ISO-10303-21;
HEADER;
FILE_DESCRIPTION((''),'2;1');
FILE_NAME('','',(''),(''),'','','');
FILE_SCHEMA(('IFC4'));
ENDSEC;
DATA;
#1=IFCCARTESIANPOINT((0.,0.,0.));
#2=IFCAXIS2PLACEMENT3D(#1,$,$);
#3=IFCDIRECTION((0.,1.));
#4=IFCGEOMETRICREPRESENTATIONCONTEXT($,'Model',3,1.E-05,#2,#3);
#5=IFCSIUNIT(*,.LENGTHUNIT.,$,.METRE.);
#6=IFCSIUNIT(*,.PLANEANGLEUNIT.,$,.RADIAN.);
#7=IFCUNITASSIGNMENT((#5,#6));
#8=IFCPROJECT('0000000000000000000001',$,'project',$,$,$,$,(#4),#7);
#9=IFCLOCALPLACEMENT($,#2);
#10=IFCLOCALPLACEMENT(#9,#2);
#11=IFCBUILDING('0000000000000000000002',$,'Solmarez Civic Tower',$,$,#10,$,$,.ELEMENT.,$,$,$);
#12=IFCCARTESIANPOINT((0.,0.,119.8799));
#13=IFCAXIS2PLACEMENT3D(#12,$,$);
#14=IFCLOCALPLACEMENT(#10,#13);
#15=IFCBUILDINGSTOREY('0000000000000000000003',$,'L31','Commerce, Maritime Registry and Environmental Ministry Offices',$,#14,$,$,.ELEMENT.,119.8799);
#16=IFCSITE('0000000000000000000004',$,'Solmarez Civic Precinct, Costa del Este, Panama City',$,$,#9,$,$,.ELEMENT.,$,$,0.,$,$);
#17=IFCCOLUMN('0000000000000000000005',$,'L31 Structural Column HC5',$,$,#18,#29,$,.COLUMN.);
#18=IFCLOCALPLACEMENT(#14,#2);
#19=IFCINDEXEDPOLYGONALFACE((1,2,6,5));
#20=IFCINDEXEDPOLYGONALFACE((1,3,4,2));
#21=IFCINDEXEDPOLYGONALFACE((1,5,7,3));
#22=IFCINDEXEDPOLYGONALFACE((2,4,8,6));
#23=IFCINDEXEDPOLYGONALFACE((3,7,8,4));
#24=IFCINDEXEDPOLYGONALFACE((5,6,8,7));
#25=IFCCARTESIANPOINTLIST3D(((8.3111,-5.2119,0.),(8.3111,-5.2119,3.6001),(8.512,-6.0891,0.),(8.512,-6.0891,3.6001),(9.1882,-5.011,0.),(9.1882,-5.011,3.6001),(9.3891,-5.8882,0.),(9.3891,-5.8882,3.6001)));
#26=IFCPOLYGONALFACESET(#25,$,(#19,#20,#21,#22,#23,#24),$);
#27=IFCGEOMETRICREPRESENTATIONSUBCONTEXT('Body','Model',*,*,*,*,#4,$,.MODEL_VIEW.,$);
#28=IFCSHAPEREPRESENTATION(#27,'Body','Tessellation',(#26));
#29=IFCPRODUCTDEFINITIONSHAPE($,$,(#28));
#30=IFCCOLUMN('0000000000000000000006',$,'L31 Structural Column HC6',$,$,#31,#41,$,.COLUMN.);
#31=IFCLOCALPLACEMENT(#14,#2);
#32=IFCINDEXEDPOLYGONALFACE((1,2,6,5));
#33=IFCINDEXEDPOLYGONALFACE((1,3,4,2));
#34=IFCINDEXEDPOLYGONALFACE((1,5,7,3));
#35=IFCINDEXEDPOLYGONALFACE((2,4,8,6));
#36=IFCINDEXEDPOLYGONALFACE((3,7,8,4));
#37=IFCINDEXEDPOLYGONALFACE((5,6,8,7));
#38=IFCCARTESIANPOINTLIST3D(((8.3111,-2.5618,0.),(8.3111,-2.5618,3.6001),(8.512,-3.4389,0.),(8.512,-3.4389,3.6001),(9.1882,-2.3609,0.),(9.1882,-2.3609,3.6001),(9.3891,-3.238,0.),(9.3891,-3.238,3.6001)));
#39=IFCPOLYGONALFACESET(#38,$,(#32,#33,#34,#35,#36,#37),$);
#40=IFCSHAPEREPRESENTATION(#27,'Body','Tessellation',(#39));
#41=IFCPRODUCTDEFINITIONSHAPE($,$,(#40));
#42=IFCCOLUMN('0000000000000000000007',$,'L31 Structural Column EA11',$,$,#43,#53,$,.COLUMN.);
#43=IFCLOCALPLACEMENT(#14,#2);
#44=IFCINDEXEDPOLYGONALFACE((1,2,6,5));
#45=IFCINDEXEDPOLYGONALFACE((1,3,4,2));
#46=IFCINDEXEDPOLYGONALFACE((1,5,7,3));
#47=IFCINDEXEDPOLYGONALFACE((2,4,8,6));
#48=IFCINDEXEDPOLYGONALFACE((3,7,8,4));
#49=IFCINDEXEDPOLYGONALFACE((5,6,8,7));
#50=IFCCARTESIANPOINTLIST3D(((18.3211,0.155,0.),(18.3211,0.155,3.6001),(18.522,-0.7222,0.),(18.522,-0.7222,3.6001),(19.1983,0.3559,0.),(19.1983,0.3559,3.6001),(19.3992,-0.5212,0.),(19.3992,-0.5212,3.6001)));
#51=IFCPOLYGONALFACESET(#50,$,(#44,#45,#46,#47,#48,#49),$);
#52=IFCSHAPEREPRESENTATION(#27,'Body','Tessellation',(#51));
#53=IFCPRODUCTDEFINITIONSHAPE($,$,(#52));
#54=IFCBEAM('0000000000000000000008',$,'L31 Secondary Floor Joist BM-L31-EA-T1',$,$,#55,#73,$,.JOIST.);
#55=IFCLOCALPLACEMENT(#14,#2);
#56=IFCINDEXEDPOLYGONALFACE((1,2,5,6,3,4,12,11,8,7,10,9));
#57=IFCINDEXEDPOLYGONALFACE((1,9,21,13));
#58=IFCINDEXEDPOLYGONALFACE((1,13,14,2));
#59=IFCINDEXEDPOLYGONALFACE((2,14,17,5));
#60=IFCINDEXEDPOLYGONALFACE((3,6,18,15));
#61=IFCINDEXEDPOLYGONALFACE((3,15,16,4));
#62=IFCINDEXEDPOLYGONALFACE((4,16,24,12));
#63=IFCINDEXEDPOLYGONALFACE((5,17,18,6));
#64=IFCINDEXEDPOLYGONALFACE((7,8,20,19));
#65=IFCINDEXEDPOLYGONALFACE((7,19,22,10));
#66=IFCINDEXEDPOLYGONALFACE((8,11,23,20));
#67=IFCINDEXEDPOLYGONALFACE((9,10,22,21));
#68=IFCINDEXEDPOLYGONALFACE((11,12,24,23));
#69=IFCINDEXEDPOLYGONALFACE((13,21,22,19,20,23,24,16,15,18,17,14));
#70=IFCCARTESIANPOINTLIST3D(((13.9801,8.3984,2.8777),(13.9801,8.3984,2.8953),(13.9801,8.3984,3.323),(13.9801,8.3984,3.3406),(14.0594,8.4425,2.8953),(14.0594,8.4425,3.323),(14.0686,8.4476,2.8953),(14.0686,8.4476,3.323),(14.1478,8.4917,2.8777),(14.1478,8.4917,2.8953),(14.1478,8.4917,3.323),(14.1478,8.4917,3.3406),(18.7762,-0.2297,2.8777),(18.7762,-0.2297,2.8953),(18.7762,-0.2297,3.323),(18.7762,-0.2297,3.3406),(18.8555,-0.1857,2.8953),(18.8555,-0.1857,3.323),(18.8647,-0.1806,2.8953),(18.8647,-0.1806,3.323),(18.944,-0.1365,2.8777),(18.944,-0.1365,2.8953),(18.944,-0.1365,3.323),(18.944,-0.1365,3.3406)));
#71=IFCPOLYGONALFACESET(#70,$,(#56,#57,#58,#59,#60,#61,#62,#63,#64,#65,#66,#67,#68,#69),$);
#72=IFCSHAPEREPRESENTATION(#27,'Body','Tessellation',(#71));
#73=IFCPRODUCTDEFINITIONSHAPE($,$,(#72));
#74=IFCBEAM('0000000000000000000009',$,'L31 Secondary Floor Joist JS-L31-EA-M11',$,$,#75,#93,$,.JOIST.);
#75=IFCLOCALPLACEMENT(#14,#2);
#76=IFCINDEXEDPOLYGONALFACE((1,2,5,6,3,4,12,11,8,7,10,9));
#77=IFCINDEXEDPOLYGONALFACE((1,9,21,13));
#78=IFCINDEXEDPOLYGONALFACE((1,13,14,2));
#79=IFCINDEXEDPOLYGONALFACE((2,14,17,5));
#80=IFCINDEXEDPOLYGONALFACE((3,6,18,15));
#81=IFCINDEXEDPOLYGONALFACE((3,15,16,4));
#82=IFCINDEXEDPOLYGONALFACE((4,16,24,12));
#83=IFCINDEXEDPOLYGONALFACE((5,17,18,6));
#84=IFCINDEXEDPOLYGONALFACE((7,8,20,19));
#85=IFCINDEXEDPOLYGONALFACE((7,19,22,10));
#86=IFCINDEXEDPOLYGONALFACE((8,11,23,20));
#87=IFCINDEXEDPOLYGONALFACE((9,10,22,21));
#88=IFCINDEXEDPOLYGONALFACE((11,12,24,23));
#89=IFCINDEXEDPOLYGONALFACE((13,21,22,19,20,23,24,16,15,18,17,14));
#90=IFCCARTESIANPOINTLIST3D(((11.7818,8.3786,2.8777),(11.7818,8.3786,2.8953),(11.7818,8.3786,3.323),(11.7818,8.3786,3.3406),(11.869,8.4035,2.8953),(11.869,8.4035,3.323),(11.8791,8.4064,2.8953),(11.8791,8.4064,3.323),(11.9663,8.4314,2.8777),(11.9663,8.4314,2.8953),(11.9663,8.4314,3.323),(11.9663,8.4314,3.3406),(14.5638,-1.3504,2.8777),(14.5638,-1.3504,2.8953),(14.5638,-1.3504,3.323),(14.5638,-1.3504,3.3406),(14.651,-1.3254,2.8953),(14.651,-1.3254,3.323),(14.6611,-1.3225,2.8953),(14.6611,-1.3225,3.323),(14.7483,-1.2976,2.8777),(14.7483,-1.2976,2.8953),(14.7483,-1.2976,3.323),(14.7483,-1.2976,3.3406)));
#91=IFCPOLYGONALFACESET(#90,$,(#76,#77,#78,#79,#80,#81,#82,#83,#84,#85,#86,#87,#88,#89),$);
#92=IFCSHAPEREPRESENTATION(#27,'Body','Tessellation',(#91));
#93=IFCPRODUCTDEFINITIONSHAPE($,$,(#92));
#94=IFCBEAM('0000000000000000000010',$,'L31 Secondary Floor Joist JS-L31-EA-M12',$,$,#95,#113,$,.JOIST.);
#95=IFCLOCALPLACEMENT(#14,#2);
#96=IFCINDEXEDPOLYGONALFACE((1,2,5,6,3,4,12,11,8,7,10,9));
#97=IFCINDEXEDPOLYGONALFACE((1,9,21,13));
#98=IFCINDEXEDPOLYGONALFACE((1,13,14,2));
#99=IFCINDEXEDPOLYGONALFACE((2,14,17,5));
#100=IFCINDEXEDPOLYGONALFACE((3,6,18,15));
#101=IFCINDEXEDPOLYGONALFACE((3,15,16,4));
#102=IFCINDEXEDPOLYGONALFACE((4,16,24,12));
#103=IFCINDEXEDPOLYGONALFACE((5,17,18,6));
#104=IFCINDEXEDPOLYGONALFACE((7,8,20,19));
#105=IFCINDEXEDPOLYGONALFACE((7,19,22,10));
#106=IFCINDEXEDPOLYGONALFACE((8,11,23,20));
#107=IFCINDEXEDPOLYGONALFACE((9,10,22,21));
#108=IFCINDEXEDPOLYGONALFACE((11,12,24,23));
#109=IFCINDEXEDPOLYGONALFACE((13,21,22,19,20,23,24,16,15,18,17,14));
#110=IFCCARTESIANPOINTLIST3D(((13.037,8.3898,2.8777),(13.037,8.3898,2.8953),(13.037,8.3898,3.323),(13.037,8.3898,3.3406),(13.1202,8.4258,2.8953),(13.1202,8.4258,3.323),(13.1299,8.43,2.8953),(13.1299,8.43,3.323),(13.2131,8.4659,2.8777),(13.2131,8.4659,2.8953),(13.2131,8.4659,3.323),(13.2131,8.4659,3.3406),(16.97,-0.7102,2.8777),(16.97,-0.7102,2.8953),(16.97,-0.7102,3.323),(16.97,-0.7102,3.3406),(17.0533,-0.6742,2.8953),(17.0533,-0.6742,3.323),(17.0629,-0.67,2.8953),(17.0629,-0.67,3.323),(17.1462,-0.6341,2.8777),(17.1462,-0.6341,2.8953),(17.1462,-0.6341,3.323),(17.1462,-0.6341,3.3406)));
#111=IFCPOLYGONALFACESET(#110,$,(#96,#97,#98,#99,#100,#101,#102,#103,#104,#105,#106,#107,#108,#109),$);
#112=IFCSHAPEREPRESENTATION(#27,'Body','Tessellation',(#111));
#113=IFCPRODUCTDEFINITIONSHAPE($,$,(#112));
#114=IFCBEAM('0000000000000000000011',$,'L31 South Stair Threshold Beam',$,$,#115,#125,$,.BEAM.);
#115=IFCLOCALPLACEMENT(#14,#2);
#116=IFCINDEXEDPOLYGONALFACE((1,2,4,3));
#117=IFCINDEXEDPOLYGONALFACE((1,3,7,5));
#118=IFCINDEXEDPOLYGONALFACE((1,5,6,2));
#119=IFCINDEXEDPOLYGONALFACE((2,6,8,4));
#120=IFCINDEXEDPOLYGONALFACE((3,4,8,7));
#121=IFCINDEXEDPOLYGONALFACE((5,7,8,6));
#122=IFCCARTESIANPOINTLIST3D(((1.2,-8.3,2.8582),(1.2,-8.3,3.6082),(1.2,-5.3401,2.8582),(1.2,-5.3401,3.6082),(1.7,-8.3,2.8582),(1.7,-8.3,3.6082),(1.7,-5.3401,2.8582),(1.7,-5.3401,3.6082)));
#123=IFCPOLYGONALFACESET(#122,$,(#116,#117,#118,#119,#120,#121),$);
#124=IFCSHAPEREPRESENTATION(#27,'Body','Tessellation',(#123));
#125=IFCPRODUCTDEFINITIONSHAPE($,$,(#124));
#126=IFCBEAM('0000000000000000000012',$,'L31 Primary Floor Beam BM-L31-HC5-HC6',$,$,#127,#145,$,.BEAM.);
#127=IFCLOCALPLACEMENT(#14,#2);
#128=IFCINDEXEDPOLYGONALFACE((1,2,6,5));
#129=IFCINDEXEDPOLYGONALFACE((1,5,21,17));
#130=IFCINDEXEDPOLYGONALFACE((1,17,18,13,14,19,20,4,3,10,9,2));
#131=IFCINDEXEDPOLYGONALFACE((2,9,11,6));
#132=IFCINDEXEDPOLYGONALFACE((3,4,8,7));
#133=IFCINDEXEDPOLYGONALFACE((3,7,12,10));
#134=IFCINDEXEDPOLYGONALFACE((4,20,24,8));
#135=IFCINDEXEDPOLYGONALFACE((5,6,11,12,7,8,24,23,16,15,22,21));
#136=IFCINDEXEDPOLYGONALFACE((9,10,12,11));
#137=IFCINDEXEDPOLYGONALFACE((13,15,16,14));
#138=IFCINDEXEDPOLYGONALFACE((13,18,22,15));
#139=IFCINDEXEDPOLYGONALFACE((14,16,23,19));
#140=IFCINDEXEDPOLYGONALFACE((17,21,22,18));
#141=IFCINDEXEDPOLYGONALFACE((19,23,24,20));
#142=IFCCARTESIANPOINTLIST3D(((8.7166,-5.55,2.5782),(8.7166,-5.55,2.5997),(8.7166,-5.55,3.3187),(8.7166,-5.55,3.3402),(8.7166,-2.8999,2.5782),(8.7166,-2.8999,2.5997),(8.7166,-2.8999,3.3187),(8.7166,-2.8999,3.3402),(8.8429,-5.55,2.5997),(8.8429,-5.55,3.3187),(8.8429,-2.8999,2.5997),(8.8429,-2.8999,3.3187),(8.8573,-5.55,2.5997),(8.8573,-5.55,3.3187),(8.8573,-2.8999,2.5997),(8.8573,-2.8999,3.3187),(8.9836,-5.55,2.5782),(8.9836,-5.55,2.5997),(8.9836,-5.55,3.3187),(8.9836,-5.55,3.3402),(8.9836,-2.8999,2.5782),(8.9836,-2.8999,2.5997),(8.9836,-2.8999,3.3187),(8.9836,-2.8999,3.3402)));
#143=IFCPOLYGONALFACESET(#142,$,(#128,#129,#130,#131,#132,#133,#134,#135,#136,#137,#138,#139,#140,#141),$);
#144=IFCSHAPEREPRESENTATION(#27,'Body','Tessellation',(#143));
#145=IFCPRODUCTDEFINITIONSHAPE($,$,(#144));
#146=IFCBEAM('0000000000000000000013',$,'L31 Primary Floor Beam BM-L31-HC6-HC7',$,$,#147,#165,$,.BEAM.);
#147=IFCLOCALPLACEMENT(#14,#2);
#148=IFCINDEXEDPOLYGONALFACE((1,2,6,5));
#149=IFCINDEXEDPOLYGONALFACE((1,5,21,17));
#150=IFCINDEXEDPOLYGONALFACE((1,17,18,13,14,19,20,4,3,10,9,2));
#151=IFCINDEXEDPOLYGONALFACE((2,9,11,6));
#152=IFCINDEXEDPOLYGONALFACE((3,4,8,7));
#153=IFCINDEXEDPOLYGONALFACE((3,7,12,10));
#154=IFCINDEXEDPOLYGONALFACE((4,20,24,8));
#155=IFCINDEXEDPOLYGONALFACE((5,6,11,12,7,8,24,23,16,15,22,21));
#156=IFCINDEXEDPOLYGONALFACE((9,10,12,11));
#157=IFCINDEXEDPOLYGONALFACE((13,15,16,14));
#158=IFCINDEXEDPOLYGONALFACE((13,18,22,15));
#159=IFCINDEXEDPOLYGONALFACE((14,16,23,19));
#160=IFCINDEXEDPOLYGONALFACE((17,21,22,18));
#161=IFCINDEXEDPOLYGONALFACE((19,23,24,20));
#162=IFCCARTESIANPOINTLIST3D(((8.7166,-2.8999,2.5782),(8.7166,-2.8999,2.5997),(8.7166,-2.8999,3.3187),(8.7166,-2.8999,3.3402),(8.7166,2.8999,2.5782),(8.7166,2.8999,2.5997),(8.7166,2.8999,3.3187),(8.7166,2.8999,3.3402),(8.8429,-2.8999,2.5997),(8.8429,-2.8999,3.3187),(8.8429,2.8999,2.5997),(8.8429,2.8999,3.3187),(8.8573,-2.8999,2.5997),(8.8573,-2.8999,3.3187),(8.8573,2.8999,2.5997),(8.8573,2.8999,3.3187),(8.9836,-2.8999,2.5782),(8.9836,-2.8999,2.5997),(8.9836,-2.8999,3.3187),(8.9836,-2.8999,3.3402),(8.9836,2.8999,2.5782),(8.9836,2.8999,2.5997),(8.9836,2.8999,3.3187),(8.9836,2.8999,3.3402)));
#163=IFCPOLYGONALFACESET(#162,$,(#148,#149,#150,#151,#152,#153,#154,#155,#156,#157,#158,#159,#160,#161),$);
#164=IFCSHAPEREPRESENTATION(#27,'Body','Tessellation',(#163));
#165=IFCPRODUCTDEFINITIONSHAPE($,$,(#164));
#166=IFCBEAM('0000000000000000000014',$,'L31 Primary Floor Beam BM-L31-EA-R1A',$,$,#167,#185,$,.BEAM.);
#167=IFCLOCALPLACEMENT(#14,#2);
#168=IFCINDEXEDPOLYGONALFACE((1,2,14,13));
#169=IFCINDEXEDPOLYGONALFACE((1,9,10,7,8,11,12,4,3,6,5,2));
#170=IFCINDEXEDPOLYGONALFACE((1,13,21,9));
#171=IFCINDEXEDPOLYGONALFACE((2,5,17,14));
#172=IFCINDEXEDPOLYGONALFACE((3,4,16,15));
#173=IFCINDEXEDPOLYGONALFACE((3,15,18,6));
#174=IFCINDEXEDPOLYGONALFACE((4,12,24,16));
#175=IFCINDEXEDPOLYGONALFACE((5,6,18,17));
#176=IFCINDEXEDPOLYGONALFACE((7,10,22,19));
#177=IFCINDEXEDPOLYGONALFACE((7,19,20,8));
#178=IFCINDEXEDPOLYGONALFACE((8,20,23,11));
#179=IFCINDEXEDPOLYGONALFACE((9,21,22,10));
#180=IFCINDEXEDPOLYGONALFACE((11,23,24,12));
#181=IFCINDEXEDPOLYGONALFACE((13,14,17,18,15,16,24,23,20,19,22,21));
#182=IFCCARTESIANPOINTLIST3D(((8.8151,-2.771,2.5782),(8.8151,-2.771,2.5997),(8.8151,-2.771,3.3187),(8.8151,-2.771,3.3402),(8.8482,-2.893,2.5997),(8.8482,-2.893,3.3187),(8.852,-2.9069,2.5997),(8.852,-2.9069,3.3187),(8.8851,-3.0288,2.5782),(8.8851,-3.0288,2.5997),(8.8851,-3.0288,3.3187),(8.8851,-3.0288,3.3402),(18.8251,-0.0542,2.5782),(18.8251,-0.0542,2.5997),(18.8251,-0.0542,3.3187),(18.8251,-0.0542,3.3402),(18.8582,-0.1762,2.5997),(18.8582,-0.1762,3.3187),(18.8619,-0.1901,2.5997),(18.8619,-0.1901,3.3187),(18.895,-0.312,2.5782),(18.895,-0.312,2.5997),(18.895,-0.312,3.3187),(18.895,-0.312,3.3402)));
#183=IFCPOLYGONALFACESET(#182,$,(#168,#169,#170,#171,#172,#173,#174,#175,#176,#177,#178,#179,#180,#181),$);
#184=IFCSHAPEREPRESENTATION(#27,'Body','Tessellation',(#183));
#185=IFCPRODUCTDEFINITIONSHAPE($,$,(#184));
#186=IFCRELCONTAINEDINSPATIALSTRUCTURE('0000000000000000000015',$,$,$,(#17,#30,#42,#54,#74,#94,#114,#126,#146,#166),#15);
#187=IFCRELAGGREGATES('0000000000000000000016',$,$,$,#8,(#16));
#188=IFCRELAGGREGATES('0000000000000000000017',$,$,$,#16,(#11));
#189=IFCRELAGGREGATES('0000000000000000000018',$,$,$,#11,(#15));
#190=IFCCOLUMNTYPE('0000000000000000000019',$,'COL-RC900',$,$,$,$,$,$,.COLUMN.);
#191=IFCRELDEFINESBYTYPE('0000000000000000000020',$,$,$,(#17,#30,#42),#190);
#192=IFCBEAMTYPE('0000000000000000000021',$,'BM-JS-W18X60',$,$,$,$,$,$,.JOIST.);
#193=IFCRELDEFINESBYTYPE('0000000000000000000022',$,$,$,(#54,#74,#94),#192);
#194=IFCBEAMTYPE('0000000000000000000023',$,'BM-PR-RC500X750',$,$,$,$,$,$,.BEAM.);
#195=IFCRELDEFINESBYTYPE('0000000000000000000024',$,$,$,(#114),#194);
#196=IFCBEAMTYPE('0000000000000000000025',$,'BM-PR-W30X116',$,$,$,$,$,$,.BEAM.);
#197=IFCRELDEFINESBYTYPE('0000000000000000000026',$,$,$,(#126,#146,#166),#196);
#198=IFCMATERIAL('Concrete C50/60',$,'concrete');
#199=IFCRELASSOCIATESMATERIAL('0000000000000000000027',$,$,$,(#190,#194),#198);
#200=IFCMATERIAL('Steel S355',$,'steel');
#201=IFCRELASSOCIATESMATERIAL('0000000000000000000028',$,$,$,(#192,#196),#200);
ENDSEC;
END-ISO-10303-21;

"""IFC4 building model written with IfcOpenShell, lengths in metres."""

from ifc_helpers import new_model, si_unit, direction, frame, origin, origin_2d, place, context, subcontext, project, spatial, rectangle, i_section, extrude, material, material_profile, profile_set, type_object, element, save


model = new_model("IFC4")

# Units and contexts
model_context = context("Model", 3, precision=1e-05, world=origin(), true_north=direction((0.0, 1.0)))
body_context = subcontext(model_context, "Body", "Model", "MODEL_VIEW")
ifc_project = project(units=[si_unit("LENGTHUNIT", "METRE"), si_unit("PLANEANGLEUNIT", "RADIAN")], contexts=[model_context])

# Site, building, storey
site_placement = place(None, origin())
site = spatial("IfcSite", under=ifc_project, at=site_placement, Name="Solmarez Civic Precinct, Costa del Este, Panama City", CompositionType="ELEMENT", RefElevation=0.0)
building_placement = place(site_placement, origin())
building = spatial("IfcBuilding", under=site, at=building_placement, Name="Solmarez Civic Tower", CompositionType="ELEMENT")
storey_placement = place(building_placement, frame((0.0, 0.0, 119.8799)))
storey = spatial("IfcBuildingStorey", under=building, at=storey_placement, Name="L31", Description="Commerce, Maritime Registry and Environmental Ministry Offices", CompositionType="ELEMENT", Elevation=119.8799)

# Columns
ifc_material_1 = material(Name="Concrete C50/60", Category="concrete")
ifc_material_profile_1 = material_profile(ifc_material_1, rectangle(XDim=0.8999, YDim=0.8999, at=origin_2d()), Name="RC900X900")
ifc_profile_set_1 = profile_set([ifc_material_profile_1], Name="Concrete C50/60")
column_type = type_object("IfcColumnType", Name="COL-RC900", PredefinedType="COLUMN", material=ifc_profile_set_1)
for number, where, z_axis, x_axis, name in (
    (1, (8.8501, -5.55, 0.0), (0.0, 0.0, 1.0), (0.974761, 0.22325, 0.0), "L31 Structural Column HC5"),
    (2, (8.8501, -2.8999, 0.0), (0.0, 0.0, 1.0), (0.974761, 0.22325, 0.0), "L31 Structural Column HC6"),
    (3, (18.8601, -0.1831, 0.0), (0.0, 0.0, 1.0), (0.974761, 0.22325, 0.0), "L31 Structural Column EA11"),
):
    element("IfcColumn", number, at=place(storey_placement, frame(where, z_axis=z_axis, x_axis=x_axis)), inside=storey, type_object=column_type, Name=name, PredefinedType="COLUMN", context=body_context, shape_type="SweptSolid", body=[
        extrude(rectangle(XDim=0.8999, YDim=0.8999, at=origin_2d()), origin(), (0.0, 0.0, 1.0), 3.6001),
    ])

# Beams
ifc_material_2 = material(Name="Steel S355", Category="steel")
ifc_material_profile_2 = material_profile(ifc_material_2, i_section(OverallWidth=0.1919, OverallDepth=0.4629, WebThickness=0.0105, FlangeThickness=0.0176, at=origin_2d()), Name="W18X60")
ifc_profile_set_2 = profile_set([ifc_material_profile_2], Name="Steel S355")
beam_type_1 = type_object("IfcBeamType", Name="BM-JS-W18X60", PredefinedType="JOIST", material=ifc_profile_set_2)
beam_1_placement = place(storey_placement, frame((18.8601, -0.1831, 3.1091), z_axis=(-0.485853, 0.874041, 0.0), x_axis=(-0.874041, -0.485853, 0.0)))
element("IfcBeam", 4, at=beam_1_placement, inside=storey, type_object=beam_type_1, Name="L31 Secondary Floor Joist BM-L31-EA-T1", PredefinedType="JOIST", context=body_context, shape_type="SweptSolid", body=[
    extrude(i_section(OverallWidth=0.1919, OverallDepth=0.4629, WebThickness=0.0105, FlangeThickness=0.0176, at=origin_2d()), origin(), (0.0, 0.0, 1.0), 9.8716),
])
beam_2_placement = place(storey_placement, frame((14.656, -1.324, 3.1091), z_axis=(-0.274928, 0.961465, 0.0), x_axis=(-0.961465, -0.274928, 0.0)))
element("IfcBeam", 5, at=beam_2_placement, inside=storey, type_object=beam_type_1, Name="L31 Secondary Floor Joist JS-L31-EA-M11", PredefinedType="JOIST", context=body_context, shape_type="SweptSolid", body=[
    extrude(i_section(OverallWidth=0.1919, OverallDepth=0.4629, WebThickness=0.0105, FlangeThickness=0.0176, at=origin_2d()), origin(), (0.0, 0.0, 1.0), 10.1189),
])
beam_3_placement = place(storey_placement, frame((17.0581, -0.6721, 3.1091), z_axis=(-0.396735, 0.917933, 0.0), x_axis=(-0.917933, -0.396735, 0.0)))
element("IfcBeam", 6, at=beam_3_placement, inside=storey, type_object=beam_type_1, Name="L31 Secondary Floor Joist JS-L31-EA-M12", PredefinedType="JOIST", context=body_context, shape_type="SweptSolid", body=[
    extrude(i_section(OverallWidth=0.1919, OverallDepth=0.4629, WebThickness=0.0105, FlangeThickness=0.0176, at=origin_2d()), origin(), (0.0, 0.0, 1.0), 9.9136),
])
ifc_material_profile_3 = material_profile(ifc_material_1, rectangle(XDim=0.5, YDim=0.75, at=origin_2d()), Name="RC500X750")
ifc_profile_set_3 = profile_set([ifc_material_profile_3], Name="Concrete C50/60")
beam_type_2 = type_object("IfcBeamType", Name="BM-PR-RC500X750", PredefinedType="BEAM", material=ifc_profile_set_3)
beam_4_placement = place(storey_placement, frame((1.45, -8.3, 3.2332), z_axis=(0.0, 1.0, 0.0), x_axis=(-1.0, 0.0, 0.0)))
element("IfcBeam", 7, at=beam_4_placement, inside=storey, type_object=beam_type_2, Name="L31 South Stair Threshold Beam", PredefinedType="BEAM", context=body_context, shape_type="SweptSolid", body=[
    extrude(rectangle(XDim=0.5, YDim=0.75, at=origin_2d()), origin(), (0.0, 0.0, 1.0), 2.96),
])
ifc_material_profile_4 = material_profile(ifc_material_2, i_section(OverallWidth=0.2671, OverallDepth=0.762, WebThickness=0.0144, FlangeThickness=0.0215, at=origin_2d()), Name="W30X116")
ifc_profile_set_4 = profile_set([ifc_material_profile_4], Name="Steel S355")
beam_type_3 = type_object("IfcBeamType", Name="BM-PR-W30X116", PredefinedType="BEAM", material=ifc_profile_set_4)
beam_5_placement = place(storey_placement, frame((8.8501, -5.55, 2.9592), z_axis=(0.0, 1.0, 0.0), x_axis=(-1.0, 0.0, 0.0)))
element("IfcBeam", 8, at=beam_5_placement, inside=storey, type_object=beam_type_3, Name="L31 Primary Floor Beam BM-L31-HC5-HC6", PredefinedType="BEAM", context=body_context, shape_type="SweptSolid", body=[
    extrude(i_section(OverallWidth=0.2671, OverallDepth=0.762, WebThickness=0.0144, FlangeThickness=0.0215, at=origin_2d()), origin(), (0.0, 0.0, 1.0), 2.6501),
])
beam_6_placement = place(storey_placement, frame((8.8501, -2.8999, 2.9592), z_axis=(0.0, 1.0, 0.0), x_axis=(-1.0, 0.0, 0.0)))
element("IfcBeam", 9, at=beam_6_placement, inside=storey, type_object=beam_type_3, Name="L31 Primary Floor Beam BM-L31-HC6-HC7", PredefinedType="BEAM", context=body_context, shape_type="SweptSolid", body=[
    extrude(i_section(OverallWidth=0.2671, OverallDepth=0.762, WebThickness=0.0144, FlangeThickness=0.0215, at=origin_2d()), origin(), (0.0, 0.0, 1.0), 5.7998),
])
beam_7_placement = place(storey_placement, frame((8.8501, -2.8999, 2.9592), z_axis=(0.965086, 0.261932, 0.0), x_axis=(-0.261932, 0.965086, 0.0)))
element("IfcBeam", 10, at=beam_7_placement, inside=storey, type_object=beam_type_3, Name="L31 Primary Floor Beam BM-L31-EA-R1A", PredefinedType="BEAM", context=body_context, shape_type="SweptSolid", body=[
    extrude(i_section(OverallWidth=0.2671, OverallDepth=0.762, WebThickness=0.0144, FlangeThickness=0.0215, at=origin_2d()), origin(), (0.0, 0.0, 1.0), 10.3721),
])

save(model, "model.ifc")
